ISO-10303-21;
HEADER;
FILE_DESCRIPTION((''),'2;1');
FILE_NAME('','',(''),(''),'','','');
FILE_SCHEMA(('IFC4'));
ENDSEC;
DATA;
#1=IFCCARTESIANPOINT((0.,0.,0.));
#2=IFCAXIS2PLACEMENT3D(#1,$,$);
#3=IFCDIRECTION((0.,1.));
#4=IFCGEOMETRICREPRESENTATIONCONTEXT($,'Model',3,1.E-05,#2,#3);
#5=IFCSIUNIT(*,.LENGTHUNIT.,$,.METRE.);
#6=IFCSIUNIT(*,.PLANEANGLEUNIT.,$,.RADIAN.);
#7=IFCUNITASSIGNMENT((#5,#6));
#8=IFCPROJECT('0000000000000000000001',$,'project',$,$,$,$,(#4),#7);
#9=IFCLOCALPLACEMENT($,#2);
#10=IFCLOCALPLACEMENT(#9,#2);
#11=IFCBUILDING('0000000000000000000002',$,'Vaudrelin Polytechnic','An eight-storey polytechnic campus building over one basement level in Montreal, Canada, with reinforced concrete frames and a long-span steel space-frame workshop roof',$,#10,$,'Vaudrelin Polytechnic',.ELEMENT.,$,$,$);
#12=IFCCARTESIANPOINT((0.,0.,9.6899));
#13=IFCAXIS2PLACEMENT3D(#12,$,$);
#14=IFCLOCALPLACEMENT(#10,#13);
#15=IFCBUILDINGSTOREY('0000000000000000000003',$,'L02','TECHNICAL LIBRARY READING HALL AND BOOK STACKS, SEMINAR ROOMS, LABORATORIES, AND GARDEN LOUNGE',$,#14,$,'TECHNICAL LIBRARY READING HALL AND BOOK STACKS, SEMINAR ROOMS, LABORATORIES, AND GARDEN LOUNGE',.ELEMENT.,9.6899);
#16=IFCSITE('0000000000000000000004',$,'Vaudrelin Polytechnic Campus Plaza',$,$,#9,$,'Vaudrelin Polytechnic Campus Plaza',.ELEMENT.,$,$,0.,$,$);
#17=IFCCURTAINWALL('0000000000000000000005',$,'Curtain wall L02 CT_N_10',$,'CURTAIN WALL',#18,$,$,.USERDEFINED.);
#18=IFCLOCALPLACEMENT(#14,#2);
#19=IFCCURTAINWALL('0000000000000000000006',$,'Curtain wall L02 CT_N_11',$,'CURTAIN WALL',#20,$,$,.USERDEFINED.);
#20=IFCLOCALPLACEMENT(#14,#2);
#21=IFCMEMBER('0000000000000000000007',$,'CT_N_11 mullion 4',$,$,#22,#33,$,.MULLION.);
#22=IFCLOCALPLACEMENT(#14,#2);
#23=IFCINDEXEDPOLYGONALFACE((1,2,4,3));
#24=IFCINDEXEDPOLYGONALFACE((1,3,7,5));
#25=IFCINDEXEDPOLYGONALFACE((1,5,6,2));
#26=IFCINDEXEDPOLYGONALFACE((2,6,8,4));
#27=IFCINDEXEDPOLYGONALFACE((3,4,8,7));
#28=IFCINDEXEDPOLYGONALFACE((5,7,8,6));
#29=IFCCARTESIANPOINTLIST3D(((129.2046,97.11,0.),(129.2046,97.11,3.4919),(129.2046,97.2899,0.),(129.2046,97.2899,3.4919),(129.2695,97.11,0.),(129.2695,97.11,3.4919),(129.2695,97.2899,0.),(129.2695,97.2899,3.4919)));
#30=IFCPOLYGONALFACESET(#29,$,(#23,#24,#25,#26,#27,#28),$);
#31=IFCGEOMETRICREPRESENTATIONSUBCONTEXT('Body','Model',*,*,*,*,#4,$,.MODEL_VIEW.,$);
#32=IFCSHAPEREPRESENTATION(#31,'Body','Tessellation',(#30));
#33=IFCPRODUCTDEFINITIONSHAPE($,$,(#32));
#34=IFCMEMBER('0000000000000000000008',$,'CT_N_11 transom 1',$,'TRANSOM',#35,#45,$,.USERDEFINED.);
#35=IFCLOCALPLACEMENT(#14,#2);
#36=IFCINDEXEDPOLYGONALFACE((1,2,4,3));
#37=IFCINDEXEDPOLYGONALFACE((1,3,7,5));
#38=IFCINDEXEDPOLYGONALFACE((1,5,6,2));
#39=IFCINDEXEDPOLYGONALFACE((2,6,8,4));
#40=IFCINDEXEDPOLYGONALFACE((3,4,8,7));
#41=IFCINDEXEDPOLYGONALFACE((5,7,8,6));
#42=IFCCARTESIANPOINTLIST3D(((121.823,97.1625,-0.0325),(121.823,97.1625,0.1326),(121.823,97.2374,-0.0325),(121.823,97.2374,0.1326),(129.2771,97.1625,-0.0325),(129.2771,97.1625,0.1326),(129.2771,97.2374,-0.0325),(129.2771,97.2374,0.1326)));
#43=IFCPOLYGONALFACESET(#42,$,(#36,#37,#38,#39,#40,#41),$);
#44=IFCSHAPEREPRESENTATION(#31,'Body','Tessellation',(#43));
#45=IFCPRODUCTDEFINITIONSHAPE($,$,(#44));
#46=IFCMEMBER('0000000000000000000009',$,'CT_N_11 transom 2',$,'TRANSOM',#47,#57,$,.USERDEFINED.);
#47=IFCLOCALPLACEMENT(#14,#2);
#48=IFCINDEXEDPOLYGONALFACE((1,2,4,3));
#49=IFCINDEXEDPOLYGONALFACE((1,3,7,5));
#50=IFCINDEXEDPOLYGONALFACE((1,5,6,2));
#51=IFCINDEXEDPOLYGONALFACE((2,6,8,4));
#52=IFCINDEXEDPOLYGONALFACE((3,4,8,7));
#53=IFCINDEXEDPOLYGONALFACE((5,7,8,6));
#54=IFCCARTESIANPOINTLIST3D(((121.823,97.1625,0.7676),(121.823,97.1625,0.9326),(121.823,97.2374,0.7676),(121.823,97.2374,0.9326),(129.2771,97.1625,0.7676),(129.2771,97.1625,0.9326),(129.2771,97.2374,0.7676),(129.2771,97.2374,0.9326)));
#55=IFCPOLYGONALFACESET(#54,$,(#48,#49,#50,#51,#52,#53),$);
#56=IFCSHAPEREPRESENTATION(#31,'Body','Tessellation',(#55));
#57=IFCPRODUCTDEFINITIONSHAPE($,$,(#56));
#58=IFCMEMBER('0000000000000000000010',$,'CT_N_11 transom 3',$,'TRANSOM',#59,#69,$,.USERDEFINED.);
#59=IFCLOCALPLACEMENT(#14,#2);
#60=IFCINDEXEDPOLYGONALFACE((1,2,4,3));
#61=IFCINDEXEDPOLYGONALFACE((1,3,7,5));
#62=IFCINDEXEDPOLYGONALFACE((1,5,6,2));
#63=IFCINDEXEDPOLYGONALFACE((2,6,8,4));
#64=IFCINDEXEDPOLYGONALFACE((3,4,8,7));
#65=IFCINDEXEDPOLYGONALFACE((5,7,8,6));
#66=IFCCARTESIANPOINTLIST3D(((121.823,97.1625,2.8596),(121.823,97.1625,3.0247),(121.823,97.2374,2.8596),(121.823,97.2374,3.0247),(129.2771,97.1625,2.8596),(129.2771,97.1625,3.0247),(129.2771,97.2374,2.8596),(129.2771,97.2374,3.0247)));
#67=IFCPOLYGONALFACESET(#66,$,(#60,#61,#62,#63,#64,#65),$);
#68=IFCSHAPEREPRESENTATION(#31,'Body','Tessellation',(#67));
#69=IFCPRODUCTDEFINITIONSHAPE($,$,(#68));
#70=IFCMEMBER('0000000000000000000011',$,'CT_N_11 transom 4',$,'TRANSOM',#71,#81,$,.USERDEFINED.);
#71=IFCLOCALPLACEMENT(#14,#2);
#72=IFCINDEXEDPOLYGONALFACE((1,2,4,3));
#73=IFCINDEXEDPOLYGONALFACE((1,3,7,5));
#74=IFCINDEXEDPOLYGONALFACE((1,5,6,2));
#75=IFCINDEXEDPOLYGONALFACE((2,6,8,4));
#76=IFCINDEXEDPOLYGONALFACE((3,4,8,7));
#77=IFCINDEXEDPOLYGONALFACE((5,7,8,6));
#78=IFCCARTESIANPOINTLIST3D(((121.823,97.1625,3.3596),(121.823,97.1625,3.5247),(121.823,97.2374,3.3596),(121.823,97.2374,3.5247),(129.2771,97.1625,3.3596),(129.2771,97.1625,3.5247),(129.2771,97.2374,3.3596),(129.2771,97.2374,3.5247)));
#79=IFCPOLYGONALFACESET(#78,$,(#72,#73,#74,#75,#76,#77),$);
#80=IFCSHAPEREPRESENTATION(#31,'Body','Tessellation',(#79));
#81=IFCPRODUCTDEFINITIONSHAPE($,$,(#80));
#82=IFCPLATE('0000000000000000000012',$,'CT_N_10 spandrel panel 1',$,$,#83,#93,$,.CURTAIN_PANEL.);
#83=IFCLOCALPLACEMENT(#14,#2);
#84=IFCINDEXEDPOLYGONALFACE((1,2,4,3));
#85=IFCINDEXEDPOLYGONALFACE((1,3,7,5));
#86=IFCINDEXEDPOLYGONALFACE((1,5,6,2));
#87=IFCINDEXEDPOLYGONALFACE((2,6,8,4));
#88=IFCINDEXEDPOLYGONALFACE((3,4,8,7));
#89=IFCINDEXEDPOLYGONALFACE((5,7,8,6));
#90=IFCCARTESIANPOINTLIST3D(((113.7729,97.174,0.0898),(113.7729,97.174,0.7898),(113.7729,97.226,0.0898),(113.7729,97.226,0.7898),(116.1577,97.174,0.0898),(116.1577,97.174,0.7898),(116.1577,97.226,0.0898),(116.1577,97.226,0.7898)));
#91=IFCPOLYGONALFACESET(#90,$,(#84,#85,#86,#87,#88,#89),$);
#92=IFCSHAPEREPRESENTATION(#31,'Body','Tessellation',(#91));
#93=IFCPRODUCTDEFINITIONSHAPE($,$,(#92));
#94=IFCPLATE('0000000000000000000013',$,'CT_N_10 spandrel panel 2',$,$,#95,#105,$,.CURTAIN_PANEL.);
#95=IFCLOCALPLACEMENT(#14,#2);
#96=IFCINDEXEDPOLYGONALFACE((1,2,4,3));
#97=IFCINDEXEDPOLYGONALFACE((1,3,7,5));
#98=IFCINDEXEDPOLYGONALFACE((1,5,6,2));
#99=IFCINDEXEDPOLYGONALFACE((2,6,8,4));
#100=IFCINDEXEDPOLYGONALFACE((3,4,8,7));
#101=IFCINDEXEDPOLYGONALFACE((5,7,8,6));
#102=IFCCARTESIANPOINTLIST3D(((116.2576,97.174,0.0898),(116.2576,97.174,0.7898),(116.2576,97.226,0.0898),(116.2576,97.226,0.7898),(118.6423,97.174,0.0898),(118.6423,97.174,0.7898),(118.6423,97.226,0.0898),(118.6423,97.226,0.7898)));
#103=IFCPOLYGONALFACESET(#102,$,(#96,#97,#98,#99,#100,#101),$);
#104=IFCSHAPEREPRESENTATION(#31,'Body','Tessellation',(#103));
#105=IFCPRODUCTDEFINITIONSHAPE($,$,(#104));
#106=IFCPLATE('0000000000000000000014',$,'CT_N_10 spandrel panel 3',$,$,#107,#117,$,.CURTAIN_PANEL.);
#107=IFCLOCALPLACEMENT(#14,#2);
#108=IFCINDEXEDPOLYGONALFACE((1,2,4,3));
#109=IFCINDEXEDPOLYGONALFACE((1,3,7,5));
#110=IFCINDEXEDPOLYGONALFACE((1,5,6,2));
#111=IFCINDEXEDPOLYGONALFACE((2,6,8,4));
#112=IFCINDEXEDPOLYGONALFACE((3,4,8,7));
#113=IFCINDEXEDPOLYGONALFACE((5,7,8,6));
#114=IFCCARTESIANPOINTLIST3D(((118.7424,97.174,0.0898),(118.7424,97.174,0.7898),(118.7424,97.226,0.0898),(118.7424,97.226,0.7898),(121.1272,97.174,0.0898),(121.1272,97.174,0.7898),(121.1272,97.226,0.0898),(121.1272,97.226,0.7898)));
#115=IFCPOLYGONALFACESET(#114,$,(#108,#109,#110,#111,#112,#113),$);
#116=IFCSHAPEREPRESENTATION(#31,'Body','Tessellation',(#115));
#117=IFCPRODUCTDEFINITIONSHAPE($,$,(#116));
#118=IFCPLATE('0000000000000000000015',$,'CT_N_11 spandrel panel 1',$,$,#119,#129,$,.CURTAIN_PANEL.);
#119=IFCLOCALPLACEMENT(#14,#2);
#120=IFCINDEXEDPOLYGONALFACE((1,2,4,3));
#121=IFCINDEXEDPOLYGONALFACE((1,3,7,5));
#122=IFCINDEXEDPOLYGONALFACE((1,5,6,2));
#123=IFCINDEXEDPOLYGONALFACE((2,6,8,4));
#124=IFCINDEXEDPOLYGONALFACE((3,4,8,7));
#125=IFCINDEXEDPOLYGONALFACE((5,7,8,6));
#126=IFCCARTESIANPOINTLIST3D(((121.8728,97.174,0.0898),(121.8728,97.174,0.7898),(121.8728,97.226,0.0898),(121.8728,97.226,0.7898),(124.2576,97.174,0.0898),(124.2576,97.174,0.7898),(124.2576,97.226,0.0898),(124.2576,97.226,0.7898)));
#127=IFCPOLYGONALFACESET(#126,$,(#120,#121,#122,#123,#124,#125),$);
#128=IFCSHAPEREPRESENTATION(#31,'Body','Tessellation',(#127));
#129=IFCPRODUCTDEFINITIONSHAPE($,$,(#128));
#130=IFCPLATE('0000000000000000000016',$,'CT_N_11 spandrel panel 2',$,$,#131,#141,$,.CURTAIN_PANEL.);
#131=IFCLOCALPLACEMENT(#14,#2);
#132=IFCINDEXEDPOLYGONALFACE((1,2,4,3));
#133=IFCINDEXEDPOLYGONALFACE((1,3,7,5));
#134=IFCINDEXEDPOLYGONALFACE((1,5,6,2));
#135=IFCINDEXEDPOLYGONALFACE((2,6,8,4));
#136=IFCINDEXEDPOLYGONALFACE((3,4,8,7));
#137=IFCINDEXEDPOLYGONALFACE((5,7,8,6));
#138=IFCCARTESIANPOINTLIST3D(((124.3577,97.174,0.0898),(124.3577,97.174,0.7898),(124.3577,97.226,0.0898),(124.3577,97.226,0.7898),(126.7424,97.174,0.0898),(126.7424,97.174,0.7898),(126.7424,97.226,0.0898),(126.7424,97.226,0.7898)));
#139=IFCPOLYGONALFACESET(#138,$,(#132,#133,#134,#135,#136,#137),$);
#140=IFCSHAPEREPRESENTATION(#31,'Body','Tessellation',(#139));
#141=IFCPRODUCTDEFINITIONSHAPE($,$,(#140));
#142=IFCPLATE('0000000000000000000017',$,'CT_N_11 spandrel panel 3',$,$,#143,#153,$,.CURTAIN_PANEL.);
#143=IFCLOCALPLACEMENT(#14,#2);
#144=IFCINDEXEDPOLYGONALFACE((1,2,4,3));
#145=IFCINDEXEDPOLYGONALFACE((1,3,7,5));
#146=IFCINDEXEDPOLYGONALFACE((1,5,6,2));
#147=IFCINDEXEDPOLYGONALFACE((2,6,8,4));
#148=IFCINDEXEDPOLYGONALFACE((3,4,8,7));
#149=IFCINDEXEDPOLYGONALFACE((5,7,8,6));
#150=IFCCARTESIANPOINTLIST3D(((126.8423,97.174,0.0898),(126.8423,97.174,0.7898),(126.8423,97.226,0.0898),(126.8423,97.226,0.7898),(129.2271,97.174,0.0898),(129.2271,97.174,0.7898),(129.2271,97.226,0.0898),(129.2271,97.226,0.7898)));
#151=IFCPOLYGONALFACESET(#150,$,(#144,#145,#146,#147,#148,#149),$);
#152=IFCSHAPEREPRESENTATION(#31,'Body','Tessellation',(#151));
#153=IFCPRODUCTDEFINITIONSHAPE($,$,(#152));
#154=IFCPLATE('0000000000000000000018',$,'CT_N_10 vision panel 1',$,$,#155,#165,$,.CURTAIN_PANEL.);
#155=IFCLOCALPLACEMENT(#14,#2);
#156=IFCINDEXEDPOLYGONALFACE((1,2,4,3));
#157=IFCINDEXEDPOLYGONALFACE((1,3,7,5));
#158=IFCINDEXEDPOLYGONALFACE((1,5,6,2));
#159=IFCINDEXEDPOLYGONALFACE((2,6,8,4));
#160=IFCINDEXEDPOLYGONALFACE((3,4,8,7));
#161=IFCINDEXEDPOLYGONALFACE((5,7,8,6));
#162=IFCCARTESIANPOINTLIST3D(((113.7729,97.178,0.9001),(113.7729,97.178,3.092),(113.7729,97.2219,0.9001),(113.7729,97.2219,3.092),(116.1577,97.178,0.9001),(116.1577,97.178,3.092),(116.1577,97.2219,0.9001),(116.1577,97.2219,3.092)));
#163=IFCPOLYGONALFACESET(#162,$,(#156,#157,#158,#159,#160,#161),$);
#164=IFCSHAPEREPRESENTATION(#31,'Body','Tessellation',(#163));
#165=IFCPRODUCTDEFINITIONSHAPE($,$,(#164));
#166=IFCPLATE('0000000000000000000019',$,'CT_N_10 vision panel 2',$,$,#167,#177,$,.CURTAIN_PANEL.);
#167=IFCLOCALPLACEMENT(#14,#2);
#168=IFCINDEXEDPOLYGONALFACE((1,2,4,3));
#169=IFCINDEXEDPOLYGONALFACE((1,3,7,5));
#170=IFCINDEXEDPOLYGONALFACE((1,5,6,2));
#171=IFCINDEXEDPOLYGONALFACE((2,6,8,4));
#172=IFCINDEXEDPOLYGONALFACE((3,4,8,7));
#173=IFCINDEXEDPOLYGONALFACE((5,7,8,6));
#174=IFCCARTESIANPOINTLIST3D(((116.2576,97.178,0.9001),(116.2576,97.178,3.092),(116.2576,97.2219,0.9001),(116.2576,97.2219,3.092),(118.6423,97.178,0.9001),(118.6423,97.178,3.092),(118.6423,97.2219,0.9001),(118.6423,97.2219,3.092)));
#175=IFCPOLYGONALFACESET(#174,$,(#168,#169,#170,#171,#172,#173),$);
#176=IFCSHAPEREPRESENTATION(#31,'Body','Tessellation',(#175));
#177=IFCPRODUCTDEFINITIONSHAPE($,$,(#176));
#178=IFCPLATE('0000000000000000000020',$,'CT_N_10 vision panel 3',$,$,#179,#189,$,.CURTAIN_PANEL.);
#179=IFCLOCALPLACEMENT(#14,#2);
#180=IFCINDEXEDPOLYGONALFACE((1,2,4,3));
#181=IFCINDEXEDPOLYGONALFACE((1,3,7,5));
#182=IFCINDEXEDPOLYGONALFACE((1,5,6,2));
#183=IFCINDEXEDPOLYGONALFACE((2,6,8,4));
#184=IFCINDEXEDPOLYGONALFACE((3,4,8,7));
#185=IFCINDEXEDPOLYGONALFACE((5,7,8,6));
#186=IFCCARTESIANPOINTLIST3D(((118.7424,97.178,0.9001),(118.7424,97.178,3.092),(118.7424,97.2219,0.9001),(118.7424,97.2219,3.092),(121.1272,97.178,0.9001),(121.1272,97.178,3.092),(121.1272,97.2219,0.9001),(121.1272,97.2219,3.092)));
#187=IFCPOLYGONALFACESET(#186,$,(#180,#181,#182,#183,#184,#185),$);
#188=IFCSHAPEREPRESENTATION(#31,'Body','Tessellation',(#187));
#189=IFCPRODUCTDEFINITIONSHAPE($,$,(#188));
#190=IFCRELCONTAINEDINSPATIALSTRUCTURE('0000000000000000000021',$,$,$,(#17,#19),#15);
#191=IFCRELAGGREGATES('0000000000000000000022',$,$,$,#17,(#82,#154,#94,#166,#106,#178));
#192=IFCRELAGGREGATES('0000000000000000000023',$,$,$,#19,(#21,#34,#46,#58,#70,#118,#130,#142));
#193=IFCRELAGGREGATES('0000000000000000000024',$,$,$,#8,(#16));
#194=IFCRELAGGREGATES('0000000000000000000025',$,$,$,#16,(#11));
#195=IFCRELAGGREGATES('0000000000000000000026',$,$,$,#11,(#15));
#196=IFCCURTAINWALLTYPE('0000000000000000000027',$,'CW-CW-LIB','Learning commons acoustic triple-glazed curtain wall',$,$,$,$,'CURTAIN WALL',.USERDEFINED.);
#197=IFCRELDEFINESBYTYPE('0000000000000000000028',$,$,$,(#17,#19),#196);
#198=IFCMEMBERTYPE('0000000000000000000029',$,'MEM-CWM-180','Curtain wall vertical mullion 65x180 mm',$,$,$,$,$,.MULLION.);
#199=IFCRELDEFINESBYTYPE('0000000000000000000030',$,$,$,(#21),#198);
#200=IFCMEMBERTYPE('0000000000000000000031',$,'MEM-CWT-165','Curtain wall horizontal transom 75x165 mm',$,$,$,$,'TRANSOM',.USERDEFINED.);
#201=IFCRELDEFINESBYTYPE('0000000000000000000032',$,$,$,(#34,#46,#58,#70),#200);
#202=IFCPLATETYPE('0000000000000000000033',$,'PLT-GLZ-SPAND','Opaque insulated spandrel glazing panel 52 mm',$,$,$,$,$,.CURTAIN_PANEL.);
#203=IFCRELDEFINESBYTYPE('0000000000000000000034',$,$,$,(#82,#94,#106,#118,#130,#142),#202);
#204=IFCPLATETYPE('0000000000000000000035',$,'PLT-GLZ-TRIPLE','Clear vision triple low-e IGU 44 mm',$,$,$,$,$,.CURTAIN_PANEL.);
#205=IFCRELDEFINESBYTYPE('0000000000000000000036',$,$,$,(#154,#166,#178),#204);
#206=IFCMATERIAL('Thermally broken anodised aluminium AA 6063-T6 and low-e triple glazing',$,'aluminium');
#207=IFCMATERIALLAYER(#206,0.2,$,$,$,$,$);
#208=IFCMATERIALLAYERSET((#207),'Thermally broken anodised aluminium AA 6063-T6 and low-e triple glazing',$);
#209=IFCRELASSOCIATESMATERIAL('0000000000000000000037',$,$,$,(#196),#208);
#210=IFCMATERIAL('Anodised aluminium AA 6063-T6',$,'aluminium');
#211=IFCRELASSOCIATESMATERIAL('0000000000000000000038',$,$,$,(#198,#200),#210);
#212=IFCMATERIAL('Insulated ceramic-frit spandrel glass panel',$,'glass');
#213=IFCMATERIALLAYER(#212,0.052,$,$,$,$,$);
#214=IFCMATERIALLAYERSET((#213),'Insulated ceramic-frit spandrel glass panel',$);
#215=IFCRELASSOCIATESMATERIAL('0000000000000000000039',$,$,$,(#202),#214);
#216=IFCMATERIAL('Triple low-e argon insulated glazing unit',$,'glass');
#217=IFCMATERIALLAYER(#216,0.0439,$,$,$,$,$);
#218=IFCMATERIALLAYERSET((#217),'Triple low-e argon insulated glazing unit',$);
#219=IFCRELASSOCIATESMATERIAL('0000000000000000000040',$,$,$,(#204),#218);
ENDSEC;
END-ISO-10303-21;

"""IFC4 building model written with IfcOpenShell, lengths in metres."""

from ifc_helpers import new_model, si_unit, direction, frame, origin, origin_2d, place, context, subcontext, project, spatial, rectangle, extrude, material, layer, layer_set, material_profile, profile_set, type_object, element, aggregate, save


model = new_model("IFC4")

# Units and contexts
model_context = context("Model", 3, precision=1e-05, world=origin(), true_north=direction((0.0, 1.0)))
body_context = subcontext(model_context, "Body", "Model", "MODEL_VIEW")
ifc_project = project(units=[si_unit("LENGTHUNIT", "METRE"), si_unit("PLANEANGLEUNIT", "RADIAN")], contexts=[model_context])

# Site, building, storey
site_placement = place(None, origin())
site = spatial("IfcSite", under=ifc_project, at=site_placement, Name="Vaudrelin Polytechnic Campus Plaza", LongName="Vaudrelin Polytechnic Campus Plaza", CompositionType="ELEMENT", RefElevation=0.0)
building_placement = place(site_placement, origin())
building = spatial("IfcBuilding", under=site, at=building_placement, Name="Vaudrelin Polytechnic", Description="An eight-storey polytechnic campus building over one basement level in Montreal, Canada, with reinforced concrete frames and a long-span steel space-frame workshop roof", LongName="Vaudrelin Polytechnic", CompositionType="ELEMENT")
storey_placement = place(building_placement, frame((0.0, 0.0, 9.6899)))
storey = spatial("IfcBuildingStorey", under=building, at=storey_placement, Name="L02", Description="TECHNICAL LIBRARY READING HALL AND BOOK STACKS, SEMINAR ROOMS, LABORATORIES, AND GARDEN LOUNGE", LongName="TECHNICAL LIBRARY READING HALL AND BOOK STACKS, SEMINAR ROOMS, LABORATORIES, AND GARDEN LOUNGE", CompositionType="ELEMENT", Elevation=9.6899)

# Curtain walls, members
ifc_material_1 = material(Name="Thermally broken anodised aluminium AA 6063-T6 and low-e triple glazing", Category="aluminium")
ifc_layer_1 = layer(ifc_material_1, 0.2)
ifc_layer_set_1 = layer_set([ifc_layer_1], Name="Thermally broken anodised aluminium AA 6063-T6 and low-e triple glazing")
curtain_wall_type = type_object("IfcCurtainWallType", Name="CW-CW-LIB", Description="Learning commons acoustic triple-glazed curtain wall", ElementType="CURTAIN WALL", PredefinedType="USERDEFINED", material=ifc_layer_set_1)
curtain_wall_1_placement = place(storey_placement, origin())
curtain_wall_1 = element("IfcCurtainWall", 1, at=curtain_wall_1_placement, inside=storey, type_object=curtain_wall_type, Name="Curtain wall L02 CT_N_10", ObjectType="CURTAIN WALL", PredefinedType="USERDEFINED")
ifc_material_2 = material(Name="Anodised aluminium AA 6063-T6", Category="aluminium")
ifc_material_profile_1 = material_profile(ifc_material_2, rectangle(XDim=0.0649, YDim=0.1799, at=origin_2d()), Name="CWM-65x180")
ifc_profile_set_1 = profile_set([ifc_material_profile_1], Name="Anodised aluminium AA 6063-T6")
member_type_1 = type_object("IfcMemberType", Name="MEM-CWM-180", Description="Curtain wall vertical mullion 65x180 mm", PredefinedType="MULLION", material=ifc_profile_set_1)
curtain_wall_2_placement = place(storey_placement, origin())
curtain_wall_2 = element("IfcCurtainWall", 2, at=curtain_wall_2_placement, inside=storey, type_object=curtain_wall_type, Name="Curtain wall L02 CT_N_11", ObjectType="CURTAIN WALL", PredefinedType="USERDEFINED")
member_1_placement = place(storey_placement, frame((129.2371, 97.2, 0.0), z_axis=(0.0, 0.0, 1.0), x_axis=(1.0, 0.0, 0.0)))
member_1 = element("IfcMember", 3, at=member_1_placement, type_object=member_type_1, Name="CT_N_11 mullion 4", PredefinedType="MULLION", context=body_context, shape_type="SweptSolid", body=[
    extrude(rectangle(XDim=0.0649, YDim=0.1799, at=origin_2d()), origin(), (0.0, 0.0, 1.0), 3.4919),
])
ifc_material_profile_2 = material_profile(ifc_material_2, rectangle(XDim=0.075, YDim=0.165, at=origin_2d()), Name="CWT-75x165")
ifc_profile_set_2 = profile_set([ifc_material_profile_2], Name="Anodised aluminium AA 6063-T6")
member_type_2 = type_object("IfcMemberType", Name="MEM-CWT-165", Description="Curtain wall horizontal transom 75x165 mm", ElementType="TRANSOM", PredefinedType="USERDEFINED", material=ifc_profile_set_2)
member_2_placement = place(storey_placement, frame((121.823, 97.2, 0.05), z_axis=(1.0, 0.0, 0.0), x_axis=(0.0, 1.0, 0.0)))
member_2 = element("IfcMember", 4, at=member_2_placement, type_object=member_type_2, Name="CT_N_11 transom 1", ObjectType="TRANSOM", PredefinedType="USERDEFINED", context=body_context, shape_type="SweptSolid", body=[
    extrude(rectangle(XDim=0.075, YDim=0.165, at=origin_2d()), origin(), (0.0, 0.0, 1.0), 7.4541),
])
member_3_placement = place(storey_placement, frame((121.823, 97.2, 0.8501), z_axis=(1.0, 0.0, 0.0), x_axis=(0.0, 1.0, 0.0)))
member_3 = element("IfcMember", 5, at=member_3_placement, type_object=member_type_2, Name="CT_N_11 transom 2", ObjectType="TRANSOM", PredefinedType="USERDEFINED", context=body_context, shape_type="SweptSolid", body=[
    extrude(rectangle(XDim=0.075, YDim=0.165, at=origin_2d()), origin(), (0.0, 0.0, 1.0), 7.4541),
])
member_4_placement = place(storey_placement, frame((121.823, 97.2, 2.9421), z_axis=(1.0, 0.0, 0.0), x_axis=(0.0, 1.0, 0.0)))
member_4 = element("IfcMember", 6, at=member_4_placement, type_object=member_type_2, Name="CT_N_11 transom 3", ObjectType="TRANSOM", PredefinedType="USERDEFINED", context=body_context, shape_type="SweptSolid", body=[
    extrude(rectangle(XDim=0.075, YDim=0.165, at=origin_2d()), origin(), (0.0, 0.0, 1.0), 7.4541),
])
member_5_placement = place(storey_placement, frame((121.823, 97.2, 3.4421), z_axis=(1.0, 0.0, 0.0), x_axis=(0.0, 1.0, 0.0)))
member_5 = element("IfcMember", 7, at=member_5_placement, type_object=member_type_2, Name="CT_N_11 transom 4", ObjectType="TRANSOM", PredefinedType="USERDEFINED", context=body_context, shape_type="SweptSolid", body=[
    extrude(rectangle(XDim=0.075, YDim=0.165, at=origin_2d()), origin(), (0.0, 0.0, 1.0), 7.4541),
])

# Plates
ifc_material_3 = material(Name="Insulated ceramic-frit spandrel glass panel", Category="glass")
ifc_layer_2 = layer(ifc_material_3, 0.052)
ifc_layer_set_2 = layer_set([ifc_layer_2], Name="Insulated ceramic-frit spandrel glass panel")
plate_type_1 = type_object("IfcPlateType", Name="PLT-GLZ-SPAND", Description="Opaque insulated spandrel glazing panel 52 mm", PredefinedType="CURTAIN_PANEL", material=ifc_layer_set_2)
plate_1_placement = place(storey_placement, frame((114.9653, 97.2, 0.0898), z_axis=(0.0, 0.0, 1.0), x_axis=(1.0, 0.0, 0.0)))
plate_1 = element("IfcPlate", 8, at=plate_1_placement, type_object=plate_type_1, Name="CT_N_10 spandrel panel 1", PredefinedType="CURTAIN_PANEL", context=body_context, shape_type="SweptSolid", body=[
    extrude(rectangle(XDim=2.3848, YDim=0.052, at=origin_2d()), origin(), (0.0, 0.0, 1.0), 0.7),
])
plate_2_placement = place(storey_placement, frame((117.45, 97.2, 0.0898), z_axis=(0.0, 0.0, 1.0), x_axis=(1.0, 0.0, 0.0)))
plate_2 = element("IfcPlate", 9, at=plate_2_placement, type_object=plate_type_1, Name="CT_N_10 spandrel panel 2", PredefinedType="CURTAIN_PANEL", context=body_context, shape_type="SweptSolid", body=[
    extrude(rectangle(XDim=2.3848, YDim=0.052, at=origin_2d()), origin(), (0.0, 0.0, 1.0), 0.7),
])
plate_3_placement = place(storey_placement, frame((119.9348, 97.2, 0.0898), z_axis=(0.0, 0.0, 1.0), x_axis=(1.0, 0.0, 0.0)))
plate_3 = element("IfcPlate", 10, at=plate_3_placement, type_object=plate_type_1, Name="CT_N_10 spandrel panel 3", PredefinedType="CURTAIN_PANEL", context=body_context, shape_type="SweptSolid", body=[
    extrude(rectangle(XDim=2.3848, YDim=0.052, at=origin_2d()), origin(), (0.0, 0.0, 1.0), 0.7),
])
plate_4_placement = place(storey_placement, frame((123.0652, 97.2, 0.0898), z_axis=(0.0, 0.0, 1.0), x_axis=(1.0, 0.0, 0.0)))
plate_4 = element("IfcPlate", 11, at=plate_4_placement, type_object=plate_type_1, Name="CT_N_11 spandrel panel 1", PredefinedType="CURTAIN_PANEL", context=body_context, shape_type="SweptSolid", body=[
    extrude(rectangle(XDim=2.3848, YDim=0.052, at=origin_2d()), origin(), (0.0, 0.0, 1.0), 0.7),
])
plate_5_placement = place(storey_placement, frame((125.55, 97.2, 0.0898), z_axis=(0.0, 0.0, 1.0), x_axis=(1.0, 0.0, 0.0)))
plate_5 = element("IfcPlate", 12, at=plate_5_placement, type_object=plate_type_1, Name="CT_N_11 spandrel panel 2", PredefinedType="CURTAIN_PANEL", context=body_context, shape_type="SweptSolid", body=[
    extrude(rectangle(XDim=2.3848, YDim=0.052, at=origin_2d()), origin(), (0.0, 0.0, 1.0), 0.7),
])
plate_6_placement = place(storey_placement, frame((128.0347, 97.2, 0.0898), z_axis=(0.0, 0.0, 1.0), x_axis=(1.0, 0.0, 0.0)))
plate_6 = element("IfcPlate", 13, at=plate_6_placement, type_object=plate_type_1, Name="CT_N_11 spandrel panel 3", PredefinedType="CURTAIN_PANEL", context=body_context, shape_type="SweptSolid", body=[
    extrude(rectangle(XDim=2.3848, YDim=0.052, at=origin_2d()), origin(), (0.0, 0.0, 1.0), 0.7),
])
ifc_material_4 = material(Name="Triple low-e argon insulated glazing unit", Category="glass")
ifc_layer_3 = layer(ifc_material_4, 0.0439)
ifc_layer_set_3 = layer_set([ifc_layer_3], Name="Triple low-e argon insulated glazing unit")
plate_type_2 = type_object("IfcPlateType", Name="PLT-GLZ-TRIPLE", Description="Clear vision triple low-e IGU 44 mm", PredefinedType="CURTAIN_PANEL", material=ifc_layer_set_3)
plate_7_placement = place(storey_placement, frame((114.9653, 97.2, 0.9001), z_axis=(0.0, 0.0, 1.0), x_axis=(1.0, 0.0, 0.0)))
plate_7 = element("IfcPlate", 14, at=plate_7_placement, type_object=plate_type_2, Name="CT_N_10 vision panel 1", PredefinedType="CURTAIN_PANEL", context=body_context, shape_type="SweptSolid", body=[
    extrude(rectangle(XDim=2.3848, YDim=0.0439, at=origin_2d()), origin(), (0.0, 0.0, 1.0), 2.1919),
])
plate_8_placement = place(storey_placement, frame((117.45, 97.2, 0.9001), z_axis=(0.0, 0.0, 1.0), x_axis=(1.0, 0.0, 0.0)))
plate_8 = element("IfcPlate", 15, at=plate_8_placement, type_object=plate_type_2, Name="CT_N_10 vision panel 2", PredefinedType="CURTAIN_PANEL", context=body_context, shape_type="SweptSolid", body=[
    extrude(rectangle(XDim=2.3848, YDim=0.0439, at=origin_2d()), origin(), (0.0, 0.0, 1.0), 2.1919),
])
plate_9_placement = place(storey_placement, frame((119.9348, 97.2, 0.9001), z_axis=(0.0, 0.0, 1.0), x_axis=(1.0, 0.0, 0.0)))
plate_9 = element("IfcPlate", 16, at=plate_9_placement, type_object=plate_type_2, Name="CT_N_10 vision panel 3", PredefinedType="CURTAIN_PANEL", context=body_context, shape_type="SweptSolid", body=[
    extrude(rectangle(XDim=2.3848, YDim=0.0439, at=origin_2d()), origin(), (0.0, 0.0, 1.0), 2.1919),
])
aggregate(curtain_wall_1, [plate_1, plate_7, plate_2, plate_8, plate_3, plate_9])
aggregate(curtain_wall_2, [member_1, member_2, member_3, member_4, member_5, plate_4, plate_5, plate_6])

save(model, "model.ifc")
